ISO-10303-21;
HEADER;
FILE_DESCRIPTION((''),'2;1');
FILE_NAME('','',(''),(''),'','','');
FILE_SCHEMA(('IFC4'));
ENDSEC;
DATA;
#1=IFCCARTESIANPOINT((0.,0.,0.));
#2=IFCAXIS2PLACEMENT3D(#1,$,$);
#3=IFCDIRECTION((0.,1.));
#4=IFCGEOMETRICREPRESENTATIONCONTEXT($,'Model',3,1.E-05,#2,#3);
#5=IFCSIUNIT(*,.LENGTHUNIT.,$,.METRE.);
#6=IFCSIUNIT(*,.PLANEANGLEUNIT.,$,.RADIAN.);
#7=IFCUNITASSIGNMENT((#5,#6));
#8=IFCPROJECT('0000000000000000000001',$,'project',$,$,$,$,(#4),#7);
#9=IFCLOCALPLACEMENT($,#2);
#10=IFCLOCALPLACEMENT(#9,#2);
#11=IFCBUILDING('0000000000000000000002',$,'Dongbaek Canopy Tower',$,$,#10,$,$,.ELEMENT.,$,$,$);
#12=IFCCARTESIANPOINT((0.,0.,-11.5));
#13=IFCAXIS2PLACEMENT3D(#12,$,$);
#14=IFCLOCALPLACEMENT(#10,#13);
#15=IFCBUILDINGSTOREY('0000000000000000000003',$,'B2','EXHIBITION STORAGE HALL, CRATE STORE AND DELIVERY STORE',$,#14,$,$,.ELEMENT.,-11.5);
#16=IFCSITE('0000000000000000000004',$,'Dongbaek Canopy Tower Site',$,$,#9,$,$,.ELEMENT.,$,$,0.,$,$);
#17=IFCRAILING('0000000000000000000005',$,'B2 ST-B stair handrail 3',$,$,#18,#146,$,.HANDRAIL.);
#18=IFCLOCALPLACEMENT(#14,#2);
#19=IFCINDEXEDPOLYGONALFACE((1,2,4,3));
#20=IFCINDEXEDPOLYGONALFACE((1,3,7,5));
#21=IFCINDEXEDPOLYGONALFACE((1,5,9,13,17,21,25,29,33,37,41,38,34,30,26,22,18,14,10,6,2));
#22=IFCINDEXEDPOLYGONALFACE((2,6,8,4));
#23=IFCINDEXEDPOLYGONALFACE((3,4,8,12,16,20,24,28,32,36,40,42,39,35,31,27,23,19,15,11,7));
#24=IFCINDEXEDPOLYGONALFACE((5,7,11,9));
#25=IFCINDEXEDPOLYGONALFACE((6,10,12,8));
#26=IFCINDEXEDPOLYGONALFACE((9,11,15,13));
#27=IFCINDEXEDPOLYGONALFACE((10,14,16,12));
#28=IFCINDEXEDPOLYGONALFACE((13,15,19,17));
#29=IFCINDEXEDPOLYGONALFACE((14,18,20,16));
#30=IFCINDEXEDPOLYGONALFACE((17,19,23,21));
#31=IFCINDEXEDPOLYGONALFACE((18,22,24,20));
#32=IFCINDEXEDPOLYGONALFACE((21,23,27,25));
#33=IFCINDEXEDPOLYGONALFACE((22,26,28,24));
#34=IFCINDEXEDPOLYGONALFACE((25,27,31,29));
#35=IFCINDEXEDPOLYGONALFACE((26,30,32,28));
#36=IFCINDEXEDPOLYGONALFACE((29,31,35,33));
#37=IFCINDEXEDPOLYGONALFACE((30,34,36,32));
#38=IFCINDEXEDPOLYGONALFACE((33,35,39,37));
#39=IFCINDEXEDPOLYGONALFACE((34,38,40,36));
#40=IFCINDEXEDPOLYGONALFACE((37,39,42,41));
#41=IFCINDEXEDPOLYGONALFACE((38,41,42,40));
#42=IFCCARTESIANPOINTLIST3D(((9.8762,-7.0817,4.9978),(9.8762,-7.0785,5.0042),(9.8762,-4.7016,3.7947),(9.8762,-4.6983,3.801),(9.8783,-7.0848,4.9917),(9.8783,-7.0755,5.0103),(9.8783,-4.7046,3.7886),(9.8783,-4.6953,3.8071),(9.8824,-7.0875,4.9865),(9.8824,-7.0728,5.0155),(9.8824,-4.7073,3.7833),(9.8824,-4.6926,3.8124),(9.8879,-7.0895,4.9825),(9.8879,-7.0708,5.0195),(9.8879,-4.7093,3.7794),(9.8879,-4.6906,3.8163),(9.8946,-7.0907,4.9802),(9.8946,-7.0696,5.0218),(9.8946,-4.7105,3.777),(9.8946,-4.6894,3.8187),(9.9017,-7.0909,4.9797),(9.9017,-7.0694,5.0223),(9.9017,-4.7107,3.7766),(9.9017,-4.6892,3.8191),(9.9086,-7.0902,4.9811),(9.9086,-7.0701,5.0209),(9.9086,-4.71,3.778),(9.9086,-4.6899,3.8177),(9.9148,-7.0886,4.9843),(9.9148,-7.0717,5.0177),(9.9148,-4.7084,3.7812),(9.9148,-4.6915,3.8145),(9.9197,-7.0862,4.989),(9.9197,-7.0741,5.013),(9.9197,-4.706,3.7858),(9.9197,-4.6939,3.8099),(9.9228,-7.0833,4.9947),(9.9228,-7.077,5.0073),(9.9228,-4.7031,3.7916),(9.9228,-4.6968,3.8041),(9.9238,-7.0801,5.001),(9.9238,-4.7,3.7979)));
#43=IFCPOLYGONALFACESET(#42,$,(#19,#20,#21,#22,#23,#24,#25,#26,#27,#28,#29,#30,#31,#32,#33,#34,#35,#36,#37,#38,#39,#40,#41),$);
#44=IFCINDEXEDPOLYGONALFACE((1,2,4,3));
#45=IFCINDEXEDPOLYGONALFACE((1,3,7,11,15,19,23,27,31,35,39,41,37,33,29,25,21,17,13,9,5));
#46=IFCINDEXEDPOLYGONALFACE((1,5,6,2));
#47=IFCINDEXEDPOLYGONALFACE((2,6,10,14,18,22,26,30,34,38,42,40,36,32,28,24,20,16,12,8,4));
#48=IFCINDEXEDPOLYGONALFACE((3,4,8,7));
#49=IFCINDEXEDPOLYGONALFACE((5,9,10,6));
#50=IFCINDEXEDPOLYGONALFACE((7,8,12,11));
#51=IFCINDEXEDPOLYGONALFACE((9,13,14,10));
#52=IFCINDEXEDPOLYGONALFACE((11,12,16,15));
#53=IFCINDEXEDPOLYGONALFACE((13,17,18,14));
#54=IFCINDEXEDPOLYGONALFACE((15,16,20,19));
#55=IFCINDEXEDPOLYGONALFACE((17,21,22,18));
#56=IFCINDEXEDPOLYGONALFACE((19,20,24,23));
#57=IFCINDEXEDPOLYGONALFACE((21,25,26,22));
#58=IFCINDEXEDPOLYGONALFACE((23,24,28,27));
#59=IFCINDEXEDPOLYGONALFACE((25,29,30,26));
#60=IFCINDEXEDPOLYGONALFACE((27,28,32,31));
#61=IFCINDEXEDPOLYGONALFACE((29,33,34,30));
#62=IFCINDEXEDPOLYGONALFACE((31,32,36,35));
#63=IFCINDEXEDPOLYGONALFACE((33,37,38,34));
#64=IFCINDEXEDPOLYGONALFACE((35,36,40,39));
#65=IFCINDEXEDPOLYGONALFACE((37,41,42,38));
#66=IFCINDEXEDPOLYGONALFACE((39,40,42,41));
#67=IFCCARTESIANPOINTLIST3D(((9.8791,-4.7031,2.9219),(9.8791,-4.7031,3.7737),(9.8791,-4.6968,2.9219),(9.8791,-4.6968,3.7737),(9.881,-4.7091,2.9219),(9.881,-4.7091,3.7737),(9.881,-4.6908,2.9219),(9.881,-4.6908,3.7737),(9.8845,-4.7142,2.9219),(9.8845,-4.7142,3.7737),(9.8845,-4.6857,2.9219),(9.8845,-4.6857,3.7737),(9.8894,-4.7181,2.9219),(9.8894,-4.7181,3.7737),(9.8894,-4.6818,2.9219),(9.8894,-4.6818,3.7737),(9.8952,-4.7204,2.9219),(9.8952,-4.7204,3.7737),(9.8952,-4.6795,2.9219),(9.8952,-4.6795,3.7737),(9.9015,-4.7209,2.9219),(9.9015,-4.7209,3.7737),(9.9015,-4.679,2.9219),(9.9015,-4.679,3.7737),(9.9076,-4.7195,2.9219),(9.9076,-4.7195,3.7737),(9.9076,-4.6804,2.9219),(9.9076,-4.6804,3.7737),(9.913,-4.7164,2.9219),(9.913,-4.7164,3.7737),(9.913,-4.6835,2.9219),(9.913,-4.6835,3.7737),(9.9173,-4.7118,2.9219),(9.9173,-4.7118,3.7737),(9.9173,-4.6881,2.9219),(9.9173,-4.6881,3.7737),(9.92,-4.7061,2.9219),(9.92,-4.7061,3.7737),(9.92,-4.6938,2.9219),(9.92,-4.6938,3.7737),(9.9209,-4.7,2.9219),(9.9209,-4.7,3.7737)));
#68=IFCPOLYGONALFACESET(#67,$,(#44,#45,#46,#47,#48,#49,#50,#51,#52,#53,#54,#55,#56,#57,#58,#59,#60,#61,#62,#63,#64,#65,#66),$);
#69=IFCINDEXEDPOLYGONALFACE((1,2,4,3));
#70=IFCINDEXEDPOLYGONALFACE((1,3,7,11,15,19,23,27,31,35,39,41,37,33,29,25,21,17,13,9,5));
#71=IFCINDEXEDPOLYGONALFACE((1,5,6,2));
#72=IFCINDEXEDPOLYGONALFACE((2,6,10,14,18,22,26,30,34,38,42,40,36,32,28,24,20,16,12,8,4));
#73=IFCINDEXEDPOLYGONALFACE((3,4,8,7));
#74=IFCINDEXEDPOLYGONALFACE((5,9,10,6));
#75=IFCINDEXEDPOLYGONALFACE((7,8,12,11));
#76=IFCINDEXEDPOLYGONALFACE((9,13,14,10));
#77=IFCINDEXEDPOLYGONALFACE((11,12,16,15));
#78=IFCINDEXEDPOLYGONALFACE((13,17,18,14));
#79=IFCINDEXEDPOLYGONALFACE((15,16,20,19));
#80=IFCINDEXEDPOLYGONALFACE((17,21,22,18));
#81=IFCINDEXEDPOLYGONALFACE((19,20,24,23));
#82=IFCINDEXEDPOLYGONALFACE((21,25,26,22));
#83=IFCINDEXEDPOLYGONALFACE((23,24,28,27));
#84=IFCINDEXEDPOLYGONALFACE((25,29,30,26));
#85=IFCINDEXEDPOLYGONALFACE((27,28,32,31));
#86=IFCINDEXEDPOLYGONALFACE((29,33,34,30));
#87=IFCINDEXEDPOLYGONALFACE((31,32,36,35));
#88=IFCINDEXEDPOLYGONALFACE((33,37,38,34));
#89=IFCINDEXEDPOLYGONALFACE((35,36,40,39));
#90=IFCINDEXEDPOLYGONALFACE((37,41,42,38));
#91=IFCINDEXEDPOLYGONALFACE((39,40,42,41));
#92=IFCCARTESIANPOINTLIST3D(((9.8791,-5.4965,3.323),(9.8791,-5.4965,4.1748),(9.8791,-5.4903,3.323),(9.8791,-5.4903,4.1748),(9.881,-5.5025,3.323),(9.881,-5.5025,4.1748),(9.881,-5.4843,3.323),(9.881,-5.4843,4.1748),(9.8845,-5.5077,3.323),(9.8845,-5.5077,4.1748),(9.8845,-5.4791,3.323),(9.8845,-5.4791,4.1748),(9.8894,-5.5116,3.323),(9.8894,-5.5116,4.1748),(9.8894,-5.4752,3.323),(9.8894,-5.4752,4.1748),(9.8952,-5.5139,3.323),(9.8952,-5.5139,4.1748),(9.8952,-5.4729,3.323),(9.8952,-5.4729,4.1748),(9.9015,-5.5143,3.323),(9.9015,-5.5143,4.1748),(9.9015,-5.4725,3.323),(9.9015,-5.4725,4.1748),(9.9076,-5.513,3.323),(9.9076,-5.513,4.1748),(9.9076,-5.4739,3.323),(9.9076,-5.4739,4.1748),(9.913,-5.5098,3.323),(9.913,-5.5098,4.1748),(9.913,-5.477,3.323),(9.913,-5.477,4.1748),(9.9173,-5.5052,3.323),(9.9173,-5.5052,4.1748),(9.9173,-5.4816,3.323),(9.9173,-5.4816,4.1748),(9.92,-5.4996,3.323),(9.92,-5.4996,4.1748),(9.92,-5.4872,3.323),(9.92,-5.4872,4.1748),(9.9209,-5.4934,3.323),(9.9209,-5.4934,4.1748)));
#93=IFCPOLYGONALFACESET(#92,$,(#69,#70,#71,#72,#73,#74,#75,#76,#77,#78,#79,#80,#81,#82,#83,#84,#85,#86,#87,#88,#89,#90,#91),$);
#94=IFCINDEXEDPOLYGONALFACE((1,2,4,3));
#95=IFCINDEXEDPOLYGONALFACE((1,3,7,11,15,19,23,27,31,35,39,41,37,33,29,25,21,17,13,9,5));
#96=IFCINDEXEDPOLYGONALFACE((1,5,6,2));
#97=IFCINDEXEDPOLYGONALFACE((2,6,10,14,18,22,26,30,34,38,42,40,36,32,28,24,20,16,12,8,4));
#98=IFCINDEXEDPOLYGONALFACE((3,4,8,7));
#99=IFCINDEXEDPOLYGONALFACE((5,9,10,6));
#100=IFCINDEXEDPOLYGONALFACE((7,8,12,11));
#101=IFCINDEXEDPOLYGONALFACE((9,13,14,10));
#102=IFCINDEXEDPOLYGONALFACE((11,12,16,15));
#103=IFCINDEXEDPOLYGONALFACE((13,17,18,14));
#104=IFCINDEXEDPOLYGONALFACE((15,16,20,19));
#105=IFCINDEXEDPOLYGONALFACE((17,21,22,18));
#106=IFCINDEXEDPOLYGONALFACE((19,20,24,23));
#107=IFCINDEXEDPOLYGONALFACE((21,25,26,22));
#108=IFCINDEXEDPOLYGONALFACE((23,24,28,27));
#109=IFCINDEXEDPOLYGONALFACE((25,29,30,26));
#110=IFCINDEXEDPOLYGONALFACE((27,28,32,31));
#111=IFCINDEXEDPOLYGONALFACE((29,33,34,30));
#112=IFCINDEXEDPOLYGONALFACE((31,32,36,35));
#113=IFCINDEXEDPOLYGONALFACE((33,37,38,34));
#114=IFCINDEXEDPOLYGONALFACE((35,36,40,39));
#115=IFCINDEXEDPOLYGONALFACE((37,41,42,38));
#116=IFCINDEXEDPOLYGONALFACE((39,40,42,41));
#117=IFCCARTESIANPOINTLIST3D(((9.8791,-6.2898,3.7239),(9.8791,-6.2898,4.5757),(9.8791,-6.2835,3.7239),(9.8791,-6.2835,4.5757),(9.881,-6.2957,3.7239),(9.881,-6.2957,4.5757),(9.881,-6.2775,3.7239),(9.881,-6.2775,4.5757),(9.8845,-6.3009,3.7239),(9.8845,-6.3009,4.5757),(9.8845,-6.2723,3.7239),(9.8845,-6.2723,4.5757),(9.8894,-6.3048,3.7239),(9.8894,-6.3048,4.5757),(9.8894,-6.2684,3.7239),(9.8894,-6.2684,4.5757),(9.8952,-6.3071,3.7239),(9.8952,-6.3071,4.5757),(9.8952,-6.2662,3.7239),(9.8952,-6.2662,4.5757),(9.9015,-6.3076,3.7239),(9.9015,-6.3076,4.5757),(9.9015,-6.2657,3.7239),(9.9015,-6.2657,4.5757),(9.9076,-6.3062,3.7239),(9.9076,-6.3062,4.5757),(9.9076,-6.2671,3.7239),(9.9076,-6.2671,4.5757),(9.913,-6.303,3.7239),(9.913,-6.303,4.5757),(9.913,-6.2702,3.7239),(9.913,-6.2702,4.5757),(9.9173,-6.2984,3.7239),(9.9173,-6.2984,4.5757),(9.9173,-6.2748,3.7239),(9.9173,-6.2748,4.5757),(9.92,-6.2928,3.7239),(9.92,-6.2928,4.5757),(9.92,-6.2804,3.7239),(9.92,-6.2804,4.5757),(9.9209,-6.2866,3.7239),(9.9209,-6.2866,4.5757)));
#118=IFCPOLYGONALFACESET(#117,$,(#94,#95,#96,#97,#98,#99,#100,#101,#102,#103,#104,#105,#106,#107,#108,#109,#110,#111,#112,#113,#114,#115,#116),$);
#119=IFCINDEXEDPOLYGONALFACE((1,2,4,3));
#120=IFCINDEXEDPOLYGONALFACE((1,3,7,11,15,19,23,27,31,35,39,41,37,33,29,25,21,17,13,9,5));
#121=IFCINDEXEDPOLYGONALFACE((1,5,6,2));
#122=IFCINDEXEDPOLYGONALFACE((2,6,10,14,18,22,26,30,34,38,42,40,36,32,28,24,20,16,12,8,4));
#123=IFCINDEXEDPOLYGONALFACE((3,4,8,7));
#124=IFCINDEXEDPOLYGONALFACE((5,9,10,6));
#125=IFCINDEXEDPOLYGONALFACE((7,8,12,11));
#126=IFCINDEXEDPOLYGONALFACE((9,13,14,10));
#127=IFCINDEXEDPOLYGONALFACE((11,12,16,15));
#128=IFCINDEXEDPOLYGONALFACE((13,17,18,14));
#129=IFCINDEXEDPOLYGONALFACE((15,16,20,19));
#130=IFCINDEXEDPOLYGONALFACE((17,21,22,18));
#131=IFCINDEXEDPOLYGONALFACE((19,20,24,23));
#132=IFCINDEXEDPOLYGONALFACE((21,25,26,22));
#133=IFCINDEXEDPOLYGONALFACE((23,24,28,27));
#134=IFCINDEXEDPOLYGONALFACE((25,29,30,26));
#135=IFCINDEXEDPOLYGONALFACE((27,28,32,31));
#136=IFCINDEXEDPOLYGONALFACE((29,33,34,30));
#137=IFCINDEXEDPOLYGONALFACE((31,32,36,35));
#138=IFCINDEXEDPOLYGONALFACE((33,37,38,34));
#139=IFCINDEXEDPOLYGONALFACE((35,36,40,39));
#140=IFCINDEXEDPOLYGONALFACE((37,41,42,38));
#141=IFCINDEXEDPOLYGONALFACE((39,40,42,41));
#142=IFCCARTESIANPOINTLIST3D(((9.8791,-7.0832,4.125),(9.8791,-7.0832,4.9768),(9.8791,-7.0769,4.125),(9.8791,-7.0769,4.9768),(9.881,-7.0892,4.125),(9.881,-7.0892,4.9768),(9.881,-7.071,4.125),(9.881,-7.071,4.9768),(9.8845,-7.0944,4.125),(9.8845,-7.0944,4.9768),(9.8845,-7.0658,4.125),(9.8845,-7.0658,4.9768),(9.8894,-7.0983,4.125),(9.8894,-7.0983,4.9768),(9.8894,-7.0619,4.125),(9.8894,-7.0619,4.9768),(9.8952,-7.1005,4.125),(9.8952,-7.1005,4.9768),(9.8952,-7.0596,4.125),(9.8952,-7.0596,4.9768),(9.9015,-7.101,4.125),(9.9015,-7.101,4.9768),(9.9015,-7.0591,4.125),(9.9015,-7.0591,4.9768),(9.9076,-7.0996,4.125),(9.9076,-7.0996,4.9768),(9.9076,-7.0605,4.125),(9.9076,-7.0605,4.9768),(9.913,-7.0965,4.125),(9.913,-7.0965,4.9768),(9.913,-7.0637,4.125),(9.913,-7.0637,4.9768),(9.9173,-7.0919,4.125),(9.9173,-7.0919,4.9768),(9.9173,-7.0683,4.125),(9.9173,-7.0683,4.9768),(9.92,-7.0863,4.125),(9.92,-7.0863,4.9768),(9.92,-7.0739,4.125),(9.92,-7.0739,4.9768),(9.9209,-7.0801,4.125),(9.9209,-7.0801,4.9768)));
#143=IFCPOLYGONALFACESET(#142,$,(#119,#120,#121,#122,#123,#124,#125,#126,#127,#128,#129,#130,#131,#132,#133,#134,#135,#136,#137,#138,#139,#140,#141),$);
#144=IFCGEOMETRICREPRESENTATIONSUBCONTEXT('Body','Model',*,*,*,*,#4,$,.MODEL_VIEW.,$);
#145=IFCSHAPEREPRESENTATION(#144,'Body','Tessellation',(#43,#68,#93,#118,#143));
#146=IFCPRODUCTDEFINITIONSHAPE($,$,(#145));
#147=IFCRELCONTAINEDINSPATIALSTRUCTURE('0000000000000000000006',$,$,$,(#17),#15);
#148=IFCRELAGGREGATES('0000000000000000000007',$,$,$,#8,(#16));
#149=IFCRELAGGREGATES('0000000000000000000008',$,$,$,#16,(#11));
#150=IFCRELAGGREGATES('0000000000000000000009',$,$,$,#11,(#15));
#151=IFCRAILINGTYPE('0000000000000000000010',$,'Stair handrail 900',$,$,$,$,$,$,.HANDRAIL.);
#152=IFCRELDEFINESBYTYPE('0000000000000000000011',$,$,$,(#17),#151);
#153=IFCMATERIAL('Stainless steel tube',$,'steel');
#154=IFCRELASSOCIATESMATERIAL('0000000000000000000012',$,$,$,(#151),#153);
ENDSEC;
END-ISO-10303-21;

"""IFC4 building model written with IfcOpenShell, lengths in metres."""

from ifc_helpers import new_model, si_unit, direction, frame, origin, origin_2d, place, context, subcontext, project, spatial, circle, extrude, material, type_object, element, save


model = new_model("IFC4")

# Units and contexts
model_context = context("Model", 3, precision=1e-05, world=origin(), true_north=direction((0.0, 1.0)))
body_context = subcontext(model_context, "Body", "Model", "MODEL_VIEW")
ifc_project = project(units=[si_unit("LENGTHUNIT", "METRE"), si_unit("PLANEANGLEUNIT", "RADIAN")], contexts=[model_context])

# Site, building, storey
site_placement = place(None, origin())
site = spatial("IfcSite", under=ifc_project, at=site_placement, Name="Dongbaek Canopy Tower Site", CompositionType="ELEMENT", RefElevation=0.0)
building_placement = place(site_placement, origin())
building = spatial("IfcBuilding", under=site, at=building_placement, Name="Dongbaek Canopy Tower", CompositionType="ELEMENT")
storey_placement = place(building_placement, frame((0.0, 0.0, -11.5)))
storey = spatial("IfcBuildingStorey", under=building, at=storey_placement, Name="B2", Description="EXHIBITION STORAGE HALL, CRATE STORE AND DELIVERY STORE", CompositionType="ELEMENT", Elevation=-11.5)

# Railing
ifc_material_1 = material(Name="Stainless steel tube", Category="steel")
railing_type_1 = type_object("IfcRailingType", Name="Stair handrail 900", PredefinedType="HANDRAIL", material=ifc_material_1)
for number, where, name in (
    (1, (9.8999, -4.7, 2.9219), "B2 ST-B stair handrail 3"),
):
    element("IfcRailing", number, at=place(storey_placement, frame(where)), inside=storey, type_object=railing_type_1, Name=name, PredefinedType="HANDRAIL", context=body_context, shape_type="SweptSolid", body=[
        extrude(circle(Radius=0.0239, at=origin_2d()), frame((0.0, 0.0, 0.876), z_axis=(0.0, -0.89246, 0.451127), x_axis=(1.0, 0.0, 0.0)), (0.0, 0.0, 1.0), 2.667),
        extrude(circle(Radius=0.021, at=origin_2d()), origin(), (0.0, 0.0, 1.0), 0.8518),
        extrude(circle(Radius=0.021, at=origin_2d()), frame((0.0, -0.7935, 0.4011)), (0.0, 0.0, 1.0), 0.8518),
        extrude(circle(Radius=0.021, at=origin_2d()), frame((0.0, -1.5867, 0.802)), (0.0, 0.0, 1.0), 0.8518),
        extrude(circle(Radius=0.021, at=origin_2d()), frame((0.0, -2.3801, 1.2031)), (0.0, 0.0, 1.0), 0.8518),
    ])

save(model, "model.ifc")
